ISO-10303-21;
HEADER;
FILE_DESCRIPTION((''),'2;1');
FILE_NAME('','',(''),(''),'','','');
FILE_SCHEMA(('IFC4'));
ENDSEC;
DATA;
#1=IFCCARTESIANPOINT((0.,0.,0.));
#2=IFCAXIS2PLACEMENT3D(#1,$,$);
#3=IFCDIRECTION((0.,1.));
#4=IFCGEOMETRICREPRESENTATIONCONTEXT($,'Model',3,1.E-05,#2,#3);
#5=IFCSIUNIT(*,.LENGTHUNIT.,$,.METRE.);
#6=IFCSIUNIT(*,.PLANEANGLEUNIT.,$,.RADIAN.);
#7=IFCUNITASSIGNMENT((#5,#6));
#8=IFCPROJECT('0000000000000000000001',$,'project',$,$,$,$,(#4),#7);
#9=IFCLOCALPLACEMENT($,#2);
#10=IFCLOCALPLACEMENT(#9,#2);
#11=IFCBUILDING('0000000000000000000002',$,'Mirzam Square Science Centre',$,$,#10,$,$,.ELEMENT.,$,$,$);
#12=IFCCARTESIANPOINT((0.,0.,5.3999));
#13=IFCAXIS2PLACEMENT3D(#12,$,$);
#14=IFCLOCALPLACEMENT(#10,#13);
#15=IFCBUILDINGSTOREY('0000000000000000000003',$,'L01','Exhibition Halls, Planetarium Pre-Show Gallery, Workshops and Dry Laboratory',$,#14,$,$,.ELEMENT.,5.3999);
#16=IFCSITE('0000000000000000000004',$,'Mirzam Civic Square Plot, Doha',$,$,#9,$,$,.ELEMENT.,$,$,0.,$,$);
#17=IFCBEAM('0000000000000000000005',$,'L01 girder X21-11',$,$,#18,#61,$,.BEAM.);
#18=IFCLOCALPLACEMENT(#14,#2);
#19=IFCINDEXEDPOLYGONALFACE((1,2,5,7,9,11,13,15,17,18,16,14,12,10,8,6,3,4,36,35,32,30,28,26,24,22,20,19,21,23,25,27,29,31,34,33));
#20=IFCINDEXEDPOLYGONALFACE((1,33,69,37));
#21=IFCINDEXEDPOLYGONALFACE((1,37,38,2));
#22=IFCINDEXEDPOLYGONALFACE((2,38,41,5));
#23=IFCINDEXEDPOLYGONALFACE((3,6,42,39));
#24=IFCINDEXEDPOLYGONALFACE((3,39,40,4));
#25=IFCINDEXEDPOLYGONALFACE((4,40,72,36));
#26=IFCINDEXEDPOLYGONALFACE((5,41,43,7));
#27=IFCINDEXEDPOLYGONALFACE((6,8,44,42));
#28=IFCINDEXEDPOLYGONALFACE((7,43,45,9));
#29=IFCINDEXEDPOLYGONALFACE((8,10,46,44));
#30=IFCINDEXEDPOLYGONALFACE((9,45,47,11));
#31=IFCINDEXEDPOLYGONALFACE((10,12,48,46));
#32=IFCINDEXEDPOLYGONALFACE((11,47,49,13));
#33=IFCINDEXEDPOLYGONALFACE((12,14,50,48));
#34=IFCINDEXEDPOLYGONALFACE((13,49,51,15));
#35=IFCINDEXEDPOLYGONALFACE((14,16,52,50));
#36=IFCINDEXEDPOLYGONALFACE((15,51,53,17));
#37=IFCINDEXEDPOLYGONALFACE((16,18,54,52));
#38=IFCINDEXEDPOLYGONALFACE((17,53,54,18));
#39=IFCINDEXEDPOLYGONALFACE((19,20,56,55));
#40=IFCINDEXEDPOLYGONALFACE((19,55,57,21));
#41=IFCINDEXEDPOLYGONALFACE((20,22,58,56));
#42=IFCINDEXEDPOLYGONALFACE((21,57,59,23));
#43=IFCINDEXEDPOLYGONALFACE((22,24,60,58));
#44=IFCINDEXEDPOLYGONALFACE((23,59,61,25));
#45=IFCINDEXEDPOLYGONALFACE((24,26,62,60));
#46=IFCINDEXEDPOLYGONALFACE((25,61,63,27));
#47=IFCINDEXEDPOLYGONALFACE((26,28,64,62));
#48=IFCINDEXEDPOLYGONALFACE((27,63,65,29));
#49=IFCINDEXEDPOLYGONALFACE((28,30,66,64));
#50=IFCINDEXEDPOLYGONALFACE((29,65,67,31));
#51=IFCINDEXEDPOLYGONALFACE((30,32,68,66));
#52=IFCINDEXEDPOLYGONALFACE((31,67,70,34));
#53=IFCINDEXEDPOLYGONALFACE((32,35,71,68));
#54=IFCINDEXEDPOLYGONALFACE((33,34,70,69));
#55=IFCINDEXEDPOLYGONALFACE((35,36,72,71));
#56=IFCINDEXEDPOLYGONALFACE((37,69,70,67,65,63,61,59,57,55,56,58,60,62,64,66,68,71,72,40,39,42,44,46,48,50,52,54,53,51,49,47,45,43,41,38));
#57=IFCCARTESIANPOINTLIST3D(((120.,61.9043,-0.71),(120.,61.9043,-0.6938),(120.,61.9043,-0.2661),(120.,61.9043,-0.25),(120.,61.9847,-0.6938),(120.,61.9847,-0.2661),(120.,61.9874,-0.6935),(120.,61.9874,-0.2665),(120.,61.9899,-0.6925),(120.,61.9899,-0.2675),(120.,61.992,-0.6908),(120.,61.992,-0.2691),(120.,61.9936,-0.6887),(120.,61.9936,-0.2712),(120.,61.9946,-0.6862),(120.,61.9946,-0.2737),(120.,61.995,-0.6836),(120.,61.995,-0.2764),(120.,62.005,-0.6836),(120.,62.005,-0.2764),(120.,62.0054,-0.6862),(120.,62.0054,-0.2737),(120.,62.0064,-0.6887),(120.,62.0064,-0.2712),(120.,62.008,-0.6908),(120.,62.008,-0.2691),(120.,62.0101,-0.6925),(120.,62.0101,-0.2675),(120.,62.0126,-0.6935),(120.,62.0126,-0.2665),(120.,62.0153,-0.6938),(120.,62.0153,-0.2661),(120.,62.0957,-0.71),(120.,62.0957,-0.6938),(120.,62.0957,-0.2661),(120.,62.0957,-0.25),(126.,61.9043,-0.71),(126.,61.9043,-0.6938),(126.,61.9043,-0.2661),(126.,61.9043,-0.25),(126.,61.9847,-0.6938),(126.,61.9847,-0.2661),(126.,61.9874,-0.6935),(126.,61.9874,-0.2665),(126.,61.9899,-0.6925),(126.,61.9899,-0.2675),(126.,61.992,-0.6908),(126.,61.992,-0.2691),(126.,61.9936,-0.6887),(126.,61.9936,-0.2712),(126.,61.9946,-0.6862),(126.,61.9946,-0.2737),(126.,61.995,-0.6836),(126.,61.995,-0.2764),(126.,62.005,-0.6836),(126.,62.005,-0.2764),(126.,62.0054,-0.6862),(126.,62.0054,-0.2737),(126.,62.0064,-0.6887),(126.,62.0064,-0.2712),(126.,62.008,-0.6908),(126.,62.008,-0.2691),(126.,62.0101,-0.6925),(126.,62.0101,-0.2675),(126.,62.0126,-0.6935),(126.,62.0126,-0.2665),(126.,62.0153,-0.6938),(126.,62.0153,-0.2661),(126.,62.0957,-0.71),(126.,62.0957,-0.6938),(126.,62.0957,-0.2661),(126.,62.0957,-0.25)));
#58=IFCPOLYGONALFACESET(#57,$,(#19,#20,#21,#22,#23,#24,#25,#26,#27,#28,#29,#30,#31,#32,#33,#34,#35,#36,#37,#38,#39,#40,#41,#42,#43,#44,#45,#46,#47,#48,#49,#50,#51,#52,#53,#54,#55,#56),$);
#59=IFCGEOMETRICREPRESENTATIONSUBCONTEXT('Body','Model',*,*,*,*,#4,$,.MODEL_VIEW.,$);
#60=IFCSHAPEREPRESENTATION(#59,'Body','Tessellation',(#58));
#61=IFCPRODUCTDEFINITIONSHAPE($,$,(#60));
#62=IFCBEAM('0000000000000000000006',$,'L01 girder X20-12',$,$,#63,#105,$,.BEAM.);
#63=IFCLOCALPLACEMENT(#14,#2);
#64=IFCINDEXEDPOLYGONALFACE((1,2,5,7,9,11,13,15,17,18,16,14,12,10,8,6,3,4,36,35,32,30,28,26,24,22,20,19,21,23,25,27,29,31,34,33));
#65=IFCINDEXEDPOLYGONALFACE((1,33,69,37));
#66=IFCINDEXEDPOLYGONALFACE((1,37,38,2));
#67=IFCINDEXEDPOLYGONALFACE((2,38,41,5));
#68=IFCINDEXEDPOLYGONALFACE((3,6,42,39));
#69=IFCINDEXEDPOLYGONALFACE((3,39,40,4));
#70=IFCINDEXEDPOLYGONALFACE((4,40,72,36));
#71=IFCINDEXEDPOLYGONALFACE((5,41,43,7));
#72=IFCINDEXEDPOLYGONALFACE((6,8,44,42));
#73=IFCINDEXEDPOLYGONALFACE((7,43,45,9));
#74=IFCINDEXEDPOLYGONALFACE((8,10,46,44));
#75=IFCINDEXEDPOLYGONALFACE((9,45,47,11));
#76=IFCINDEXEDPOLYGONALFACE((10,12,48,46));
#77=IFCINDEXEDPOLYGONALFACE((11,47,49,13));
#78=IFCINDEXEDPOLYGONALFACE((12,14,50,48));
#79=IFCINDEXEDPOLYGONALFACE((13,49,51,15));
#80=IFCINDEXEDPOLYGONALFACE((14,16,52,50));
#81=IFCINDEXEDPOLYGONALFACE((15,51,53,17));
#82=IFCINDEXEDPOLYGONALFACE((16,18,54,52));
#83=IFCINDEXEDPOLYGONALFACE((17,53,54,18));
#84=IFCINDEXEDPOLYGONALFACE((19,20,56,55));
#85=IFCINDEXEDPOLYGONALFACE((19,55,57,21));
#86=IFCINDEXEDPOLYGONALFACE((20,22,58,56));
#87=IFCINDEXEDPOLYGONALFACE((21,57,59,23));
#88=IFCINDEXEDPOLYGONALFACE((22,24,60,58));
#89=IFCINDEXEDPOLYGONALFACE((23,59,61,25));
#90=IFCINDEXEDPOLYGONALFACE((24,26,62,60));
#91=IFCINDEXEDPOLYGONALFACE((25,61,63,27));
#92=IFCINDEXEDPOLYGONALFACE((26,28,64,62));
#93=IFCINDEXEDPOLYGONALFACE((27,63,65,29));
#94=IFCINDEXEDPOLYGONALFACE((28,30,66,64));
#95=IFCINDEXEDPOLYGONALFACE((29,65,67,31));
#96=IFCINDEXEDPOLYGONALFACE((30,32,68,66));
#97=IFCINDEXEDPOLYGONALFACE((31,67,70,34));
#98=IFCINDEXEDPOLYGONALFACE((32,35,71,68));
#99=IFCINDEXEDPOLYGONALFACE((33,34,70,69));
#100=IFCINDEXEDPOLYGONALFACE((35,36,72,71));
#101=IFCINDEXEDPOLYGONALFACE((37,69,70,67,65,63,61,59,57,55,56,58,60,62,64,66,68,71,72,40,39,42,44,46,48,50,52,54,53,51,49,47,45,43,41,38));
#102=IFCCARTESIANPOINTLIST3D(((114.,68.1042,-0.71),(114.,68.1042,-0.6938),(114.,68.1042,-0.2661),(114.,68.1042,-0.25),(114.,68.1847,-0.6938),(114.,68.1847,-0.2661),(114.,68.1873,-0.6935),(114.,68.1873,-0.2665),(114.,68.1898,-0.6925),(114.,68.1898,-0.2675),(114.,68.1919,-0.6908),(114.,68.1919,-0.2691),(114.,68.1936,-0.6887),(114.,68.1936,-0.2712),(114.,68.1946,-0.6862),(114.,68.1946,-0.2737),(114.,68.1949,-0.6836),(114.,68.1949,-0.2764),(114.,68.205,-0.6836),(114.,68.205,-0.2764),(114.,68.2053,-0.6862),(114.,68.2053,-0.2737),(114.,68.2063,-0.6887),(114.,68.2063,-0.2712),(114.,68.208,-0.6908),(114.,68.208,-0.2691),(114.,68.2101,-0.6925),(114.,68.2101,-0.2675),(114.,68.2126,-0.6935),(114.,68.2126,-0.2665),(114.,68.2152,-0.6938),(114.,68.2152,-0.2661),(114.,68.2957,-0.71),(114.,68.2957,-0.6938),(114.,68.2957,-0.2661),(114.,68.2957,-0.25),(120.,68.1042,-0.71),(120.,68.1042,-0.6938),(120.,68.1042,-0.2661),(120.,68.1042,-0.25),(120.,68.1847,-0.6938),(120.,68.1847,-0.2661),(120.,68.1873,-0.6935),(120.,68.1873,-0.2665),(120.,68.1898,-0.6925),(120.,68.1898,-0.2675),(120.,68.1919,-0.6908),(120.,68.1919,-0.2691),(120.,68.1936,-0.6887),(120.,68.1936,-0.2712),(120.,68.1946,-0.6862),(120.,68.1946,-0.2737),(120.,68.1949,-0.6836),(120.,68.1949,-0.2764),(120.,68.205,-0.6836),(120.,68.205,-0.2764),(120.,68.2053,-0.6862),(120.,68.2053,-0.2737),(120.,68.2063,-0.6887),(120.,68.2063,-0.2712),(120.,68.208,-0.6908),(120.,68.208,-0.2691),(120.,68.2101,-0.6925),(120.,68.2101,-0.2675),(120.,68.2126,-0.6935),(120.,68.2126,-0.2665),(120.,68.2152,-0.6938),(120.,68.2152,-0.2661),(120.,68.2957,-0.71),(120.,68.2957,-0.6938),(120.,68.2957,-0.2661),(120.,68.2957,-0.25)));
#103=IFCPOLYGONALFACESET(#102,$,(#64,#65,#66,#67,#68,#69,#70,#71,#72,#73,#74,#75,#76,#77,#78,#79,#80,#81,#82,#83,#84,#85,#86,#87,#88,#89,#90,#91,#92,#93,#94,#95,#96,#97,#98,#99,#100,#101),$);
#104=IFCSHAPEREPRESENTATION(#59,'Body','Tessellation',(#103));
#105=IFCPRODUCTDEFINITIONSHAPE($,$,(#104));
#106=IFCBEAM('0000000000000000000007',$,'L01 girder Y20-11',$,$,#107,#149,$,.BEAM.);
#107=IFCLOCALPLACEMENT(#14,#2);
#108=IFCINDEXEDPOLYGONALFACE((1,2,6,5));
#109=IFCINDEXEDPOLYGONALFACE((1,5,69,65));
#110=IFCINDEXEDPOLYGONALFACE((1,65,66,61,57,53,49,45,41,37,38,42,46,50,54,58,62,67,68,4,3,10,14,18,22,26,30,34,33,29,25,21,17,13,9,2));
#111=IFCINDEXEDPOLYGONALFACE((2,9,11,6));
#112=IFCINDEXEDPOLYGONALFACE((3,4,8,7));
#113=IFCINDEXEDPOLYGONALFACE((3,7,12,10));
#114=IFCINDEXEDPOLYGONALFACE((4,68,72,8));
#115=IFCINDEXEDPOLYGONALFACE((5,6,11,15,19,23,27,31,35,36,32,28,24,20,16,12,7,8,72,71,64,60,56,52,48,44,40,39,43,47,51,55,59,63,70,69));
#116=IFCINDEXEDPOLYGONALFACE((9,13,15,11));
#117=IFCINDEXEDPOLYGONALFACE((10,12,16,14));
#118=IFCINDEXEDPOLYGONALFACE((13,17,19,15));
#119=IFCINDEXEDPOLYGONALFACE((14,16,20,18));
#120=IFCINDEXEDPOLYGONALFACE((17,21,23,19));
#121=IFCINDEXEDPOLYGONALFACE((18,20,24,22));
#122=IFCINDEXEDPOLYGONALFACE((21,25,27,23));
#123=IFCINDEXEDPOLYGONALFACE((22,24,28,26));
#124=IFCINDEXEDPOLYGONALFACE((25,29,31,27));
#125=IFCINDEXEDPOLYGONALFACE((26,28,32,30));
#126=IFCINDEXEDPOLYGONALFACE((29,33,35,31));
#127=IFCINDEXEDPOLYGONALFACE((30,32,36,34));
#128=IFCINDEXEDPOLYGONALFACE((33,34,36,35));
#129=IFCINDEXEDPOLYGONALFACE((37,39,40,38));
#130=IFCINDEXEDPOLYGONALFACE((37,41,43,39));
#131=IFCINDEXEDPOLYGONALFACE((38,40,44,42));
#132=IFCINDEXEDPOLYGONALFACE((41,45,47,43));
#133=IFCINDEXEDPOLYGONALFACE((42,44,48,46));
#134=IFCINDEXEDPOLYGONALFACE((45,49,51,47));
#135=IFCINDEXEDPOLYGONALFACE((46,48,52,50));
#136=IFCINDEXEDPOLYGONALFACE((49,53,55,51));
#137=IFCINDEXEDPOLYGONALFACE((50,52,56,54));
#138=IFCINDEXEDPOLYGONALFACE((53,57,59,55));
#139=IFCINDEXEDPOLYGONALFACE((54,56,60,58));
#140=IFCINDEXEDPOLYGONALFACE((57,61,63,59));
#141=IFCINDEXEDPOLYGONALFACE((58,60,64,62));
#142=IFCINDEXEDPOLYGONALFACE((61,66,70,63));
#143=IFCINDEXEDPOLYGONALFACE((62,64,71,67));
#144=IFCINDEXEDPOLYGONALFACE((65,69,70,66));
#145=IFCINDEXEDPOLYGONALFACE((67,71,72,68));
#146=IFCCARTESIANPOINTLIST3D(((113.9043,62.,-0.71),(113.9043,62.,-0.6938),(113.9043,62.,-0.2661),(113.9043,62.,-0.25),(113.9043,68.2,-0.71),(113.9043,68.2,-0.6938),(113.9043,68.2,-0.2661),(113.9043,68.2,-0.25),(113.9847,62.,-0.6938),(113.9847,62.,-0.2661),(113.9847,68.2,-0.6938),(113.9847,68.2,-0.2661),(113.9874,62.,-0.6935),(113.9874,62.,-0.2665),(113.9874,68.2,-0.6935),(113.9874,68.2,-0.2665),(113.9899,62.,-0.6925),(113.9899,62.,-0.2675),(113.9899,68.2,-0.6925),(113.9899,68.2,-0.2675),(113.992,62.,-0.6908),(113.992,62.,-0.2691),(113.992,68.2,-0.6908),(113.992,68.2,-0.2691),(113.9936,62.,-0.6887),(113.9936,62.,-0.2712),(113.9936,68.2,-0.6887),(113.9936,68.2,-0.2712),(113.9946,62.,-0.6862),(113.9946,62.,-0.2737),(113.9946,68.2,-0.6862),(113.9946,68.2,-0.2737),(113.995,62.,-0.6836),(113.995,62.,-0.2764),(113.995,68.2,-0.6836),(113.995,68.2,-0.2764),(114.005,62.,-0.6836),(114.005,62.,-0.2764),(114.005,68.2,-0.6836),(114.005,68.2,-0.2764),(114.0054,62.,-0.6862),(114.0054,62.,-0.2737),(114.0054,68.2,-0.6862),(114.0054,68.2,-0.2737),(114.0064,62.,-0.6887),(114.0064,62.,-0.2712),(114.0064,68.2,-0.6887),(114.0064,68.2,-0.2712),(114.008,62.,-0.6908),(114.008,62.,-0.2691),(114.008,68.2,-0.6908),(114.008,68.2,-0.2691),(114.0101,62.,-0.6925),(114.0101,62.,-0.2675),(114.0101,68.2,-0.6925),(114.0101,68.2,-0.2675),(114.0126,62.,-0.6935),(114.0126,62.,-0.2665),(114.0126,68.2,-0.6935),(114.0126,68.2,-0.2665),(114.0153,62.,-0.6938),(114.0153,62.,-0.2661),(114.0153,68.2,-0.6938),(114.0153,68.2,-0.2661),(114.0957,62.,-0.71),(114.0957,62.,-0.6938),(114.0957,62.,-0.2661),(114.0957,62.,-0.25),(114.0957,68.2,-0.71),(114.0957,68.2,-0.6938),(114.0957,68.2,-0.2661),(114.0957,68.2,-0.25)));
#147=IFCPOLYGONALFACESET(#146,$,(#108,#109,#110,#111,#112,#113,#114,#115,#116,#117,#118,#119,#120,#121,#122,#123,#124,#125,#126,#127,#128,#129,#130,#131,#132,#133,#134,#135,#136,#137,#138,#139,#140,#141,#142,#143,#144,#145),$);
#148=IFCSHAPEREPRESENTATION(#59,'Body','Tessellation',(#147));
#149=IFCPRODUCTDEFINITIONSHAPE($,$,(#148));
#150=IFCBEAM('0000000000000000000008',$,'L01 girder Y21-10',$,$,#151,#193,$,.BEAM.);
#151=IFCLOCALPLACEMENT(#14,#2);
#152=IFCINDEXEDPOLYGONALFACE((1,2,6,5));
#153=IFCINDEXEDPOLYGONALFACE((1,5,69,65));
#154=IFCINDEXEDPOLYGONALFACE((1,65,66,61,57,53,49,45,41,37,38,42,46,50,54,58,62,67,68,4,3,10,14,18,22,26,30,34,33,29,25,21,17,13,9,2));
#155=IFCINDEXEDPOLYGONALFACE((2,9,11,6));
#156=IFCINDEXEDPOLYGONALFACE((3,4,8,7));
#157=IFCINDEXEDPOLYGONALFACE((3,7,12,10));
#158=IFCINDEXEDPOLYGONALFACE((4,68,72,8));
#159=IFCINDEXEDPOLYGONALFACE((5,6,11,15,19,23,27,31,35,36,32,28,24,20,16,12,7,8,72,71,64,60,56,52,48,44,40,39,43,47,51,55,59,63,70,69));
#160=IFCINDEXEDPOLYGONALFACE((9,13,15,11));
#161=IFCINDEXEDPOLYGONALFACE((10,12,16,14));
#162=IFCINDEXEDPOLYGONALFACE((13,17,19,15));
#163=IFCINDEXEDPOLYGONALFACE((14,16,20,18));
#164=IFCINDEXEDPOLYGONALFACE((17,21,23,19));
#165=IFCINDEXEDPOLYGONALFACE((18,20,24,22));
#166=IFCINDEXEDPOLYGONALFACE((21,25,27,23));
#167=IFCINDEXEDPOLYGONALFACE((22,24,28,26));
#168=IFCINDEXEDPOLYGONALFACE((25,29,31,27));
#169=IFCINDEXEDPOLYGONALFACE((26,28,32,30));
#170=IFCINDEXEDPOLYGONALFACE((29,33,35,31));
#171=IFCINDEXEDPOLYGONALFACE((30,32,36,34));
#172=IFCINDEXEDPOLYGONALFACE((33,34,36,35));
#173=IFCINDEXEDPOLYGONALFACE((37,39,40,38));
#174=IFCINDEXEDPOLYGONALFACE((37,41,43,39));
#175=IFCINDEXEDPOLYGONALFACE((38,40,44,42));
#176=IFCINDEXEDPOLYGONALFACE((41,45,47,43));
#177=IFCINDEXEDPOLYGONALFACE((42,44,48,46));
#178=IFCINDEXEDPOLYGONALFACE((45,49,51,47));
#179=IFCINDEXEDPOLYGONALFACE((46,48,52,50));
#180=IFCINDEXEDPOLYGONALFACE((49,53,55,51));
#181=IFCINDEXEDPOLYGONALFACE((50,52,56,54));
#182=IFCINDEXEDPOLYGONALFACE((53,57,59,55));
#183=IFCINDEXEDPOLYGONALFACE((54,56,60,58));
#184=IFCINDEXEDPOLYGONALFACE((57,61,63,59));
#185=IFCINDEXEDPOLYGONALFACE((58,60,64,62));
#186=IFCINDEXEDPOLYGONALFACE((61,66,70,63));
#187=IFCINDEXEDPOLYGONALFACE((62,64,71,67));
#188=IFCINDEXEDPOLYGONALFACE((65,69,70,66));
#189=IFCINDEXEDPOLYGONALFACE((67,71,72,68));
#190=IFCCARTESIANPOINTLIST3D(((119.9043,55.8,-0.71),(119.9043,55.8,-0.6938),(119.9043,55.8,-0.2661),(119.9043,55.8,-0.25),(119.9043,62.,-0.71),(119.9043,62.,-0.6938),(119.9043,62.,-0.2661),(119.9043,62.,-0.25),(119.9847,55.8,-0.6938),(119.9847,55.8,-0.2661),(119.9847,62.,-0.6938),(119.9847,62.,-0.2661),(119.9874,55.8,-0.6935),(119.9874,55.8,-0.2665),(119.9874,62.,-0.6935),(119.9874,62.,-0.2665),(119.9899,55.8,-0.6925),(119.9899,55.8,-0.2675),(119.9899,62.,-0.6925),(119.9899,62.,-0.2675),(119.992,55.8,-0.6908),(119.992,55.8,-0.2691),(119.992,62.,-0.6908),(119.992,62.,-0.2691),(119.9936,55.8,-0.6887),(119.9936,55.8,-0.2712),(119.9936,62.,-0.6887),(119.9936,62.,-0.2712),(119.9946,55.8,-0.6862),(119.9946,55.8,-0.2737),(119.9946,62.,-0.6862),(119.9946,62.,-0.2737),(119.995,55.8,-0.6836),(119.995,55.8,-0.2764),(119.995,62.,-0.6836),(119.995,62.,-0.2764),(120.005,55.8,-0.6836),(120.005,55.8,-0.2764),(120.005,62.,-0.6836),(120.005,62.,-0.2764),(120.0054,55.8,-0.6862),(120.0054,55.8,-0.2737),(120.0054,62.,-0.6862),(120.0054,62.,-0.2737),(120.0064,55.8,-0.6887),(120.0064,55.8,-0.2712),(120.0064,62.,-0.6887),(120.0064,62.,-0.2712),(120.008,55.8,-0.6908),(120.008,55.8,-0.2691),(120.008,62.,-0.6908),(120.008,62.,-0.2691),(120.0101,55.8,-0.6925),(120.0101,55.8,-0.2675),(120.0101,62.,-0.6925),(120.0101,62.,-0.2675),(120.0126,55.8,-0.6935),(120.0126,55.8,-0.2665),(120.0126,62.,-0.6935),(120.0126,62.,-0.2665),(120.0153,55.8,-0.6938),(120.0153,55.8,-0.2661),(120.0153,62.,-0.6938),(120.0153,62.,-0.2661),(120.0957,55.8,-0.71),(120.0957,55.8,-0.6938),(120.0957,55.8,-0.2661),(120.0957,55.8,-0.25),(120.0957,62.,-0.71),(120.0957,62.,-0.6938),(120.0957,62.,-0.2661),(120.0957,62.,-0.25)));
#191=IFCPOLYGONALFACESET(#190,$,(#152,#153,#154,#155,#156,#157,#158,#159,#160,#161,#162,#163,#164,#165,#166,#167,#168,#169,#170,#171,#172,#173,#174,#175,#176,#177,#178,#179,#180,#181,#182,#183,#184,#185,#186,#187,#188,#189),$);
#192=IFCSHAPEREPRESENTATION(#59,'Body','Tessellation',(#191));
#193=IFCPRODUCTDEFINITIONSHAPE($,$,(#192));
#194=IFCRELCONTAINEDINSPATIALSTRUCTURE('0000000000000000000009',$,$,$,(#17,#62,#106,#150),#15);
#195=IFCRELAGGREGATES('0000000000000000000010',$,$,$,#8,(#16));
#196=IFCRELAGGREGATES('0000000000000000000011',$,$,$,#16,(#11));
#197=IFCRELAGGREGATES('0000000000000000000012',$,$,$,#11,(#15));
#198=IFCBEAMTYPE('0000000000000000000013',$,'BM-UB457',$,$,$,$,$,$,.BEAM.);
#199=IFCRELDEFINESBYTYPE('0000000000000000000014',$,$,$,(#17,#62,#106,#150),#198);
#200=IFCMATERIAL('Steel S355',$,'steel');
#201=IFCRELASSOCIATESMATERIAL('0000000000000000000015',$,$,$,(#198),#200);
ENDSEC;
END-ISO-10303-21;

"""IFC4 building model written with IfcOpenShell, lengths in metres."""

from ifc_helpers import new_model, si_unit, direction, frame, origin, origin_2d, place, context, subcontext, project, spatial, i_section, extrude, material, material_profile, profile_set, type_object, element, save


model = new_model("IFC4")

# Units and contexts
model_context = context("Model", 3, precision=1e-05, world=origin(), true_north=direction((0.0, 1.0)))
body_context = subcontext(model_context, "Body", "Model", "MODEL_VIEW")
ifc_project = project(units=[si_unit("LENGTHUNIT", "METRE"), si_unit("PLANEANGLEUNIT", "RADIAN")], contexts=[model_context])

# Site, building, storey
site_placement = place(None, origin())
site = spatial("IfcSite", under=ifc_project, at=site_placement, Name="Mirzam Civic Square Plot, Doha", CompositionType="ELEMENT", RefElevation=0.0)
building_placement = place(site_placement, origin())
building = spatial("IfcBuilding", under=site, at=building_placement, Name="Mirzam Square Science Centre", CompositionType="ELEMENT")
storey_placement = place(building_placement, frame((0.0, 0.0, 5.3999)))
storey = spatial("IfcBuildingStorey", under=building, at=storey_placement, Name="L01", Description="Exhibition Halls, Planetarium Pre-Show Gallery, Workshops and Dry Laboratory", CompositionType="ELEMENT", Elevation=5.3999)

# Shared definitions
ifc_material_1 = material(Name="Steel S355", Category="steel")

# Beams
ifc_material_profile_1 = material_profile(ifc_material_1, i_section(OverallWidth=0.1914, OverallDepth=0.46, WebThickness=0.01, FlangeThickness=0.0161, FilletRadius=0.0103, at=origin_2d()), Name="457x191x82UB")
ifc_profile_set_1 = profile_set([ifc_material_profile_1], Name="Steel S355")
beam_type_1 = type_object("IfcBeamType", Name="BM-UB457", PredefinedType="BEAM", material=ifc_profile_set_1)
for number, where, z_axis, x_axis, name in (
    (1, (120.0, 62.0, -0.48), (1.0, 0.0, 0.0), (0.0, 1.0, 0.0), "L01 girder X21-11"),
    (2, (114.0, 68.2, -0.48), (1.0, 0.0, 0.0), (0.0, 1.0, 0.0), "L01 girder X20-12"),
):
    element("IfcBeam", number, at=place(storey_placement, frame(where, z_axis=z_axis, x_axis=x_axis)), inside=storey, type_object=beam_type_1, Name=name, PredefinedType="BEAM", context=body_context, shape_type="SweptSolid", body=[
        extrude(i_section(OverallWidth=0.1914, OverallDepth=0.46, WebThickness=0.01, FlangeThickness=0.0161, FilletRadius=0.0103, at=origin_2d()), origin(), (0.0, 0.0, 1.0), 6.0),
    ])
for number, where, z_axis, x_axis, name in (
    (3, (114.0, 62.0, -0.48), (0.0, 1.0, 0.0), (-1.0, 0.0, 0.0), "L01 girder Y20-11"),
    (4, (120.0, 55.8, -0.48), (0.0, 1.0, 0.0), (-1.0, 0.0, 0.0), "L01 girder Y21-10"),
):
    element("IfcBeam", number, at=place(storey_placement, frame(where, z_axis=z_axis, x_axis=x_axis)), inside=storey, type_object=beam_type_1, Name=name, PredefinedType="BEAM", context=body_context, shape_type="SweptSolid", body=[
        extrude(i_section(OverallWidth=0.1914, OverallDepth=0.46, WebThickness=0.01, FlangeThickness=0.0161, FilletRadius=0.0103, at=origin_2d()), origin(), (0.0, 0.0, 1.0), 6.2),
    ])

save(model, "model.ifc")
